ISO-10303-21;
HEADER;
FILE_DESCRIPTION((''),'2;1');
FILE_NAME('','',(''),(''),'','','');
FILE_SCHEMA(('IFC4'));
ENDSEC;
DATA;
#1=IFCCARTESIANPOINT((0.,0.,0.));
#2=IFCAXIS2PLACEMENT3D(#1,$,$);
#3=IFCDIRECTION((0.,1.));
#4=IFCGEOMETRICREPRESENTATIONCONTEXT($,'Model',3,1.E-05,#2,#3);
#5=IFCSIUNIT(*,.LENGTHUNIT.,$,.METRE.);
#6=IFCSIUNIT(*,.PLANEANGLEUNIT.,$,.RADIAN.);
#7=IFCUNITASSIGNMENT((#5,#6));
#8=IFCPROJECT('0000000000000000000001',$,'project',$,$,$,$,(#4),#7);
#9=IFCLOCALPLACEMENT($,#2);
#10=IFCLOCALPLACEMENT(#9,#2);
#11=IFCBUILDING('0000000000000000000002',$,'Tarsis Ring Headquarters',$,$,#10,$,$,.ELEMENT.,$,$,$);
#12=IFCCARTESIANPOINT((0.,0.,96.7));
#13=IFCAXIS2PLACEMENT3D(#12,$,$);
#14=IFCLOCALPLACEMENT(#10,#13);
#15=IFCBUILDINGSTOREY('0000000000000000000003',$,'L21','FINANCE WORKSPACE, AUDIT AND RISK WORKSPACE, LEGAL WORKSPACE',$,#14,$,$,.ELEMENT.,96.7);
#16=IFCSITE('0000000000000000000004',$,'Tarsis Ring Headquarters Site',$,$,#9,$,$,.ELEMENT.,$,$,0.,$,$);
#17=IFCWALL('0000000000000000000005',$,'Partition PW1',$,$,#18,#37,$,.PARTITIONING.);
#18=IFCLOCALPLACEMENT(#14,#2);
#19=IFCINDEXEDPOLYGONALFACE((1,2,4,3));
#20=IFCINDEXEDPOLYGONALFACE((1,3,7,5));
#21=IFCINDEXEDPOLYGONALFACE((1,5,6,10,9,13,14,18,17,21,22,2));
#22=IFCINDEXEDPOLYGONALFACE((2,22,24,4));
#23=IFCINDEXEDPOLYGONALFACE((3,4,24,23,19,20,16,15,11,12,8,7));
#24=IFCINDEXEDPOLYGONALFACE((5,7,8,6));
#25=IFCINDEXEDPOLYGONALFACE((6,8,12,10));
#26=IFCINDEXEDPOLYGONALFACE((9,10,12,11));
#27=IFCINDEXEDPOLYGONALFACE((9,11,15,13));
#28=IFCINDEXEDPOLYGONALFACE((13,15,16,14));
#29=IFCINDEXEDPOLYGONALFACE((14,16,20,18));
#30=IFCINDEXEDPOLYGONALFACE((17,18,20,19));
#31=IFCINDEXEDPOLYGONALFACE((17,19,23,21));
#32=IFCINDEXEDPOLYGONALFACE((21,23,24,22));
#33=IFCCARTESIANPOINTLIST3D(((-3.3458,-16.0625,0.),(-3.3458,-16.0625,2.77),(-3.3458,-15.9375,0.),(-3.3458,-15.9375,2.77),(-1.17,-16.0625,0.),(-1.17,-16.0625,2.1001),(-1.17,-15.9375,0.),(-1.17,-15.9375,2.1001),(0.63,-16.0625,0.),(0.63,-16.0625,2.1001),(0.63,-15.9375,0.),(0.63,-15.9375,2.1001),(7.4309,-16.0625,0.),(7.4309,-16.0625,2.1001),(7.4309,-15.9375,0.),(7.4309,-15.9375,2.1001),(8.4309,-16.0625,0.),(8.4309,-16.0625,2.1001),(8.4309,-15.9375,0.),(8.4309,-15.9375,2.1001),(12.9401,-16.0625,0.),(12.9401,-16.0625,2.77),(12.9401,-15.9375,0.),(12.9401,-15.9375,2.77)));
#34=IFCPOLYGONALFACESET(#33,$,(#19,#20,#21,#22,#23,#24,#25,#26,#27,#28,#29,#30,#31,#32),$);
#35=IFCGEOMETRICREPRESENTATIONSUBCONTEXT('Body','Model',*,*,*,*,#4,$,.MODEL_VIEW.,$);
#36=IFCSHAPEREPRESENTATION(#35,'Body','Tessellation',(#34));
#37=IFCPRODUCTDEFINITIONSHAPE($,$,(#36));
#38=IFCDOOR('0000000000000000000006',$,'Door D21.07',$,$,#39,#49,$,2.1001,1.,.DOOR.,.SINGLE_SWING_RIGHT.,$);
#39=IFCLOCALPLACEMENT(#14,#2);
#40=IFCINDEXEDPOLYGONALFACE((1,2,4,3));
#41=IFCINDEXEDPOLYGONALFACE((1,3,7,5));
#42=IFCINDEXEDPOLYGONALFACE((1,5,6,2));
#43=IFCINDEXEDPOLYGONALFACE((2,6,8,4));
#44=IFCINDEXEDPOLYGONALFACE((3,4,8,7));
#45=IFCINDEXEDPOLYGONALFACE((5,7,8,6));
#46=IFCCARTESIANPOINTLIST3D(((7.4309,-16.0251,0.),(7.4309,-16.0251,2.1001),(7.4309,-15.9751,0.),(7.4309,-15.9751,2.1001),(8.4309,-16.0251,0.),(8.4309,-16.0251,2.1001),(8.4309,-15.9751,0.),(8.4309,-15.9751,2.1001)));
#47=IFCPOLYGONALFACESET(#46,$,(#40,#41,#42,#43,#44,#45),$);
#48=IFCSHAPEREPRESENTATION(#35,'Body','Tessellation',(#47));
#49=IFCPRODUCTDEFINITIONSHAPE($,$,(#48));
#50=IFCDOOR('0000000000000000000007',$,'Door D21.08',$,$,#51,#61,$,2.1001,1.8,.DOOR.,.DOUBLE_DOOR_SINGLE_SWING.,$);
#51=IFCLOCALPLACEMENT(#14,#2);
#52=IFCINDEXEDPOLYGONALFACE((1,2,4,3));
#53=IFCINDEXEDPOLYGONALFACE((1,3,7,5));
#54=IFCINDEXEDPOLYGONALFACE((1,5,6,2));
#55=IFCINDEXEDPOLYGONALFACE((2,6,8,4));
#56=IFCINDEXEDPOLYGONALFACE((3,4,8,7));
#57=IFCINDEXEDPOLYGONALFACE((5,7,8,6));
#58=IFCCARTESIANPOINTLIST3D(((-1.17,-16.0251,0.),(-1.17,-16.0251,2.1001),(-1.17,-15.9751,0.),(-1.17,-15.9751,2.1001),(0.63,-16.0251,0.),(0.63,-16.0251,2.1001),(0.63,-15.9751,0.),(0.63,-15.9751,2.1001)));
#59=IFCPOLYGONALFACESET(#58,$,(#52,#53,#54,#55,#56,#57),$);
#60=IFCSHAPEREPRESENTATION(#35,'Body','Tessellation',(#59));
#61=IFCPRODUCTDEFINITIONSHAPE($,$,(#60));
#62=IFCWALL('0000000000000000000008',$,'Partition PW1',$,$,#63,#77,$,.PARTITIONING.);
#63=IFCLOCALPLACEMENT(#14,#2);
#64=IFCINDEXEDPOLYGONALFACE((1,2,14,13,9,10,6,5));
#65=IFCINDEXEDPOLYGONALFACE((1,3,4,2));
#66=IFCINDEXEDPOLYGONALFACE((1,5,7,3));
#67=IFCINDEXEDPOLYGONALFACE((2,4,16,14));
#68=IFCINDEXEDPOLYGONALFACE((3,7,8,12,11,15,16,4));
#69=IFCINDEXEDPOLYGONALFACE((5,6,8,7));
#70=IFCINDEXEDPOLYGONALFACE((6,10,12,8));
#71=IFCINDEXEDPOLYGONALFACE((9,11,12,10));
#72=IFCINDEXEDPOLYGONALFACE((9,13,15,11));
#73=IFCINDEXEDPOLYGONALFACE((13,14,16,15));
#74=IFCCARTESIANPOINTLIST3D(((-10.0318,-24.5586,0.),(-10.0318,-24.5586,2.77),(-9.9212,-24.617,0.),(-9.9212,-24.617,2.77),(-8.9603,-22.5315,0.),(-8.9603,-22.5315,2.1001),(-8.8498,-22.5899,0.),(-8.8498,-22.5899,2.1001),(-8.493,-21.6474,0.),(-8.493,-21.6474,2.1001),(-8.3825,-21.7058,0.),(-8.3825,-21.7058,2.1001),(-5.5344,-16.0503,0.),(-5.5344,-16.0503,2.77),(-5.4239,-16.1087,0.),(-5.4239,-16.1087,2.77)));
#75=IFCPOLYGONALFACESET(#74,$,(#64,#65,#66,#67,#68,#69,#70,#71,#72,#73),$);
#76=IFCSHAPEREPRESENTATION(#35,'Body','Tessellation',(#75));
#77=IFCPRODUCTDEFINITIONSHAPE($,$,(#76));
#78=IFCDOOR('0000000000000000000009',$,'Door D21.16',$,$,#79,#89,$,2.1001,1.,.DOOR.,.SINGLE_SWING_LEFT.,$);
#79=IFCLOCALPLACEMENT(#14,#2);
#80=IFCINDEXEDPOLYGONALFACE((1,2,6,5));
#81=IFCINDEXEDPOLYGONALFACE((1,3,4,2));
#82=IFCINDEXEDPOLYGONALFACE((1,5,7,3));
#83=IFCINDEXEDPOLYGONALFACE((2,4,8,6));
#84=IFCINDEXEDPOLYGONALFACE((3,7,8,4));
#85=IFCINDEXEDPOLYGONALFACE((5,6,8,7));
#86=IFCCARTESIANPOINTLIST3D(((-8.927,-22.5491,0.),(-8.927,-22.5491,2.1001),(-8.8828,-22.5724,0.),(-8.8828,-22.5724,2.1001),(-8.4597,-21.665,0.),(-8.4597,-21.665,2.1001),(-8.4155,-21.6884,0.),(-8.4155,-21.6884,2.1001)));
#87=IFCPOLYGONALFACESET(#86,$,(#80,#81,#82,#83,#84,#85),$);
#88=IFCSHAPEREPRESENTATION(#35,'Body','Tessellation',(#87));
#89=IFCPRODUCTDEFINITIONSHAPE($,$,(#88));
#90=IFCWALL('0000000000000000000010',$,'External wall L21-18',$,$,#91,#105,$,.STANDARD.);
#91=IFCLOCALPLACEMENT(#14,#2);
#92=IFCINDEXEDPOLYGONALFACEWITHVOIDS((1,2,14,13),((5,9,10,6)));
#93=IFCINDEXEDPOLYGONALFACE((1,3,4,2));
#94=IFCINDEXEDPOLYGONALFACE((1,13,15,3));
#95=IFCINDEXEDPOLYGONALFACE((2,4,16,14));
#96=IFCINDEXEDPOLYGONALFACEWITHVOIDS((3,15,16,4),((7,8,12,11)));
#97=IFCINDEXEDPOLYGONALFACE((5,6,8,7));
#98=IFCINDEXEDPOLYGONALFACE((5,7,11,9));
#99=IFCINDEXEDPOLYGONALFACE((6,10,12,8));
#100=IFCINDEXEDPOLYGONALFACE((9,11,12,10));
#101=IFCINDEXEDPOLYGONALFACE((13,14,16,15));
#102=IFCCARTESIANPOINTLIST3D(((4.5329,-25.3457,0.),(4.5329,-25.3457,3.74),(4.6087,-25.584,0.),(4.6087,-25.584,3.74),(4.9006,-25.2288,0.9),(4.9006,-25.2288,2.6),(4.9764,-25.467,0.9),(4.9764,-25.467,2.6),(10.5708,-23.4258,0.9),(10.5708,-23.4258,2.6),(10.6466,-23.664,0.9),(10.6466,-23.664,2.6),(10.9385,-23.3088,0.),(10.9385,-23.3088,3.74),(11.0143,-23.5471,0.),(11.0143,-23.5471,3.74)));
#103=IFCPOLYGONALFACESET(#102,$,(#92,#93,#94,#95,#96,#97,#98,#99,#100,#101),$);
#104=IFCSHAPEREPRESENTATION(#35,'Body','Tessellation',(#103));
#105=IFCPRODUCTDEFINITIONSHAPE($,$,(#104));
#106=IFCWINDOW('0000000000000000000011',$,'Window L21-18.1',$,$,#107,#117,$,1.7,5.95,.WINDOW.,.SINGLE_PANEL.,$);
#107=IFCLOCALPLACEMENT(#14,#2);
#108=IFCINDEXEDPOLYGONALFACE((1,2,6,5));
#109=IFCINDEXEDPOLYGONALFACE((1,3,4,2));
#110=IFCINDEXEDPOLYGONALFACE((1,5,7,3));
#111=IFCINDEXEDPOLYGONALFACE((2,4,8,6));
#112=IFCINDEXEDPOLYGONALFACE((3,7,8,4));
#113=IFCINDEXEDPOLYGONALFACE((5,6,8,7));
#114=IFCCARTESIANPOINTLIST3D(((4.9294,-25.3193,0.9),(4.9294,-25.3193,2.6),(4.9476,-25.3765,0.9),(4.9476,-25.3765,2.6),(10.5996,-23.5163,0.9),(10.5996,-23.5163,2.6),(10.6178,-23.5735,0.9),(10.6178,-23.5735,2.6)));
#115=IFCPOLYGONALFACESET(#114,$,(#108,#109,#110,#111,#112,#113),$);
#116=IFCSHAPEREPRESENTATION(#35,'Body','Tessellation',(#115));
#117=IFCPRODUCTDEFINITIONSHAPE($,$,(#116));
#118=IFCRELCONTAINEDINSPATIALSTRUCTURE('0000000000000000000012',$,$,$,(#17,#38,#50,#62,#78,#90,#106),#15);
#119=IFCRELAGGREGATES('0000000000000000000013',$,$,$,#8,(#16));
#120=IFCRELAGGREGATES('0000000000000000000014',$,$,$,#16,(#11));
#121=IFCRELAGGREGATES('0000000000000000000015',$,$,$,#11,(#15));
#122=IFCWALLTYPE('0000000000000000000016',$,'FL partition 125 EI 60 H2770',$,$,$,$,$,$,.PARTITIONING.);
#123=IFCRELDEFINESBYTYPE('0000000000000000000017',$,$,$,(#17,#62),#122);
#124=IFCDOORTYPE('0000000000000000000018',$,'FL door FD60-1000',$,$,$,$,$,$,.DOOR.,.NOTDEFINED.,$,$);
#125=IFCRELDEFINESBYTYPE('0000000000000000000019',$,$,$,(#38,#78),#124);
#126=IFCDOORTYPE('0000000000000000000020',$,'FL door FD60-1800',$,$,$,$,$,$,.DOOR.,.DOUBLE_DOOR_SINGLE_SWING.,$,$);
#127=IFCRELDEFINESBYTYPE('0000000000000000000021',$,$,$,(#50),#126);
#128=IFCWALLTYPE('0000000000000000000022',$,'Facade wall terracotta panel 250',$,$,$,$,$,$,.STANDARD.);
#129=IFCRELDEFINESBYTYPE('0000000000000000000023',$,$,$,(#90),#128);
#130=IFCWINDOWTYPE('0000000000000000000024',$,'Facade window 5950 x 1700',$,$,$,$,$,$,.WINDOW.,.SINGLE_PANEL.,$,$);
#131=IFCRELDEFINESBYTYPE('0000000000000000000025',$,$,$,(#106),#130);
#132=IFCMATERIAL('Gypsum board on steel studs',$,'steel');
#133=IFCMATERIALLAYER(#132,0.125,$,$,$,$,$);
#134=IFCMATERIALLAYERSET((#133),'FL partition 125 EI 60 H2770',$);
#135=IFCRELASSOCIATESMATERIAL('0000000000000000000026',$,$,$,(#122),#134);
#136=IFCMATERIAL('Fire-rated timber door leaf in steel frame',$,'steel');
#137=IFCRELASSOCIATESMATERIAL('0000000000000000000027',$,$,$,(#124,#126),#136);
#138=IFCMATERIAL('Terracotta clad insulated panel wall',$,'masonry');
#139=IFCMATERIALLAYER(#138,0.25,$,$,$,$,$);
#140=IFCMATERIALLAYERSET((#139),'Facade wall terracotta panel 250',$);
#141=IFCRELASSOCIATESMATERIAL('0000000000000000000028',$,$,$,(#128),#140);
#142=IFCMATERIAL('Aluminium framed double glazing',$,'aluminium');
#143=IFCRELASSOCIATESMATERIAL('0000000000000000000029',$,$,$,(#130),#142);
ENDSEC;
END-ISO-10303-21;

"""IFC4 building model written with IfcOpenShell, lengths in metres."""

from ifc_helpers import new_model, si_unit, direction, frame, frame_2d, origin, place, context, subcontext, project, spatial, rectangle, extrude, material, layer, layer_set, type_object, element, fill, save


model = new_model("IFC4")

# Units and contexts
model_context = context("Model", 3, precision=1e-05, world=origin(), true_north=direction((0.0, 1.0)))
body_context = subcontext(model_context, "Body", "Model", "MODEL_VIEW")
ifc_project = project(units=[si_unit("LENGTHUNIT", "METRE"), si_unit("PLANEANGLEUNIT", "RADIAN")], contexts=[model_context])

# Site, building, storey
site_placement = place(None, origin())
site = spatial("IfcSite", under=ifc_project, at=site_placement, Name="Tarsis Ring Headquarters Site", CompositionType="ELEMENT", RefElevation=0.0)
building_placement = place(site_placement, origin())
building = spatial("IfcBuilding", under=site, at=building_placement, Name="Tarsis Ring Headquarters", CompositionType="ELEMENT")
storey_placement = place(building_placement, frame((0.0, 0.0, 96.7)))
storey = spatial("IfcBuildingStorey", under=building, at=storey_placement, Name="L21", Description="FINANCE WORKSPACE, AUDIT AND RISK WORKSPACE, LEGAL WORKSPACE", CompositionType="ELEMENT", Elevation=96.7)

# Shared definitions
ifc_material_1 = material(Name="Gypsum board on steel studs", Category="steel")

# Wall, openings, doors
ifc_layer_1 = layer(ifc_material_1, 0.125)
ifc_layer_set_1 = layer_set([ifc_layer_1], Name="FL partition 125 EI 60 H2770")
wall_type_1 = type_object("IfcWallType", Name="FL partition 125 EI 60 H2770", PredefinedType="PARTITIONING", material=ifc_layer_set_1)
wall_1_placement = place(storey_placement, frame((-3.3459, -16.0, 0.0), z_axis=(0.0, 0.0, 1.0), x_axis=(1.0, 0.0, 0.0)))
wall_1 = element("IfcWall", 1, at=wall_1_placement, inside=storey, type_object=wall_type_1, Name="Partition PW1", PredefinedType="PARTITIONING", context=body_context, shape_type="SweptSolid", body=[
    extrude(rectangle(XDim=16.2859, YDim=0.125, at=frame_2d((8.1431, 0.0))), origin(), (0.0, 0.0, 1.0), 2.77),
])
opening_1_placement = place(wall_1_placement, frame((10.7769, 0.0, 0.0)))
opening_1 = element("IfcOpeningElement", 2, at=opening_1_placement, cuts=wall_1, PredefinedType="OPENING", context=body_context, shape_type="SweptSolid", body=[
    extrude(rectangle(XDim=1.0, YDim=2.1001, at=frame_2d((0.5, 1.05))), frame((0.0, 0.0725, 0.0), z_axis=(0.0, -1.0, 0.0), x_axis=(1.0, 0.0, 0.0)), (0.0, 0.0, 1.0), 0.145),
])
opening_2_placement = place(wall_1_placement, frame((2.176, 0.0, 0.0)))
opening_2 = element("IfcOpeningElement", 3, at=opening_2_placement, cuts=wall_1, PredefinedType="OPENING", context=body_context, shape_type="SweptSolid", body=[
    extrude(rectangle(XDim=1.8, YDim=2.1001, at=frame_2d((0.8999, 1.05))), frame((0.0, 0.0725, 0.0), z_axis=(0.0, -1.0, 0.0), x_axis=(1.0, 0.0, 0.0)), (0.0, 0.0, 1.0), 0.145),
])
ifc_material_2 = material(Name="Fire-rated timber door leaf in steel frame", Category="steel")
door_type_1 = type_object("IfcDoorType", Name="FL door FD60-1000", OperationType="NOTDEFINED", PredefinedType="DOOR", material=ifc_material_2)
door_1_placement = place(opening_1_placement, origin())
door_1 = element("IfcDoor", 4, at=door_1_placement, inside=storey, type_object=door_type_1, Name="Door D21.07", OperationType="SINGLE_SWING_RIGHT", OverallHeight=2.1001, OverallWidth=1.0, PredefinedType="DOOR", context=body_context, shape_type="SweptSolid", body=[
    extrude(rectangle(XDim=1.0, YDim=2.1001, at=frame_2d((0.5, 1.05))), frame((0.0, 0.0249, 0.0), z_axis=(0.0, -1.0, 0.0), x_axis=(1.0, 0.0, 0.0)), (0.0, 0.0, 1.0), 0.05),
])
fill(opening_1, door_1)
door_type_2 = type_object("IfcDoorType", Name="FL door FD60-1800", OperationType="DOUBLE_DOOR_SINGLE_SWING", PredefinedType="DOOR", material=ifc_material_2)
door_2_placement = place(opening_2_placement, origin())
door_2 = element("IfcDoor", 5, at=door_2_placement, inside=storey, type_object=door_type_2, Name="Door D21.08", OperationType="DOUBLE_DOOR_SINGLE_SWING", OverallHeight=2.1001, OverallWidth=1.8, PredefinedType="DOOR", context=body_context, shape_type="SweptSolid", body=[
    extrude(rectangle(XDim=1.8, YDim=2.1001, at=frame_2d((0.8999, 1.05))), frame((0.0, 0.0249, 0.0), z_axis=(0.0, -1.0, 0.0), x_axis=(1.0, 0.0, 0.0)), (0.0, 0.0, 1.0), 0.05),
])
fill(opening_2, door_2)

# Wall, opening, door
wall_2_placement = place(storey_placement, frame((-9.9766, -24.5879, 0.0), z_axis=(0.0, 0.0, 1.0), x_axis=(0.467313, 0.884092, 0.0)))
wall_2 = element("IfcWall", 6, at=wall_2_placement, inside=storey, type_object=wall_type_1, Name="Partition PW1", PredefinedType="PARTITIONING", context=body_context, shape_type="SweptSolid", body=[
    extrude(rectangle(XDim=9.6238, YDim=0.125, at=frame_2d((4.812, 0.0))), origin(), (0.0, 0.0, 1.0), 2.77),
])
opening_3_placement = place(wall_2_placement, frame((2.293, 0.0, 0.0)))
opening_3 = element("IfcOpeningElement", 7, at=opening_3_placement, cuts=wall_2, PredefinedType="OPENING", context=body_context, shape_type="SweptSolid", body=[
    extrude(rectangle(XDim=1.0, YDim=2.1001, at=frame_2d((0.5, 1.05))), frame((0.0, 0.0725, 0.0), z_axis=(0.0, -1.0, 0.0), x_axis=(1.0, 0.0, 0.0)), (0.0, 0.0, 1.0), 0.145),
])
door_3_placement = place(opening_3_placement, origin())
door_3 = element("IfcDoor", 8, at=door_3_placement, inside=storey, type_object=door_type_1, Name="Door D21.16", OperationType="SINGLE_SWING_LEFT", OverallHeight=2.1001, OverallWidth=1.0, PredefinedType="DOOR", context=body_context, shape_type="SweptSolid", body=[
    extrude(rectangle(XDim=1.0, YDim=2.1001, at=frame_2d((0.5, 1.05))), frame((0.0, 0.0249, 0.0), z_axis=(0.0, -1.0, 0.0), x_axis=(1.0, 0.0, 0.0)), (0.0, 0.0, 1.0), 0.05),
])
fill(opening_3, door_3)

# Wall, opening, window
ifc_material_3 = material(Name="Terracotta clad insulated panel wall", Category="masonry")
ifc_layer_2 = layer(ifc_material_3, 0.25)
ifc_layer_set_2 = layer_set([ifc_layer_2], Name="Facade wall terracotta panel 250")
wall_type_2 = type_object("IfcWallType", Name="Facade wall terracotta panel 250", PredefinedType="STANDARD", material=ifc_layer_set_2)
wall_3_placement = place(storey_placement, frame((4.5708, -25.4648, 0.0), z_axis=(0.0, 0.0, 1.0), x_axis=(0.95298, 0.303034, 0.0)))
wall_3 = element("IfcWall", 9, at=wall_3_placement, inside=storey, type_object=wall_type_2, Name="External wall L21-18", PredefinedType="STANDARD", context=body_context, shape_type="SweptSolid", body=[
    extrude(rectangle(XDim=6.7217, YDim=0.25, at=frame_2d((3.3608, 0.0))), origin(), (0.0, 0.0, 1.0), 3.74),
])
opening_4_placement = place(wall_3_placement, frame((0.3857, 0.0, 0.8999)))
opening_4 = element("IfcOpeningElement", 10, at=opening_4_placement, cuts=wall_3, PredefinedType="OPENING", context=body_context, shape_type="SweptSolid", body=[
    extrude(rectangle(XDim=5.95, YDim=1.7, at=frame_2d((2.9751, 0.8501))), frame((0.0, 0.135, 0.0), z_axis=(0.0, -1.0, 0.0), x_axis=(1.0, 0.0, 0.0)), (0.0, 0.0, 1.0), 0.27),
])
ifc_material_4 = material(Name="Aluminium framed double glazing", Category="aluminium")
window_type = type_object("IfcWindowType", Name="Facade window 5950 x 1700", PartitioningType="SINGLE_PANEL", PredefinedType="WINDOW", material=ifc_material_4)
window_placement = place(opening_4_placement, origin())
window = element("IfcWindow", 11, at=window_placement, inside=storey, type_object=window_type, Name="Window L21-18.1", OverallHeight=1.7, OverallWidth=5.95, PartitioningType="SINGLE_PANEL", PredefinedType="WINDOW", context=body_context, shape_type="SweptSolid", body=[
    extrude(rectangle(XDim=5.95, YDim=1.7, at=frame_2d((2.9751, 0.8501))), frame((0.0, 0.03, 0.0), z_axis=(0.0, -1.0, 0.0), x_axis=(1.0, 0.0, 0.0)), (0.0, 0.0, 1.0), 0.0601),
])
fill(opening_4, window)

save(model, "model.ifc")
